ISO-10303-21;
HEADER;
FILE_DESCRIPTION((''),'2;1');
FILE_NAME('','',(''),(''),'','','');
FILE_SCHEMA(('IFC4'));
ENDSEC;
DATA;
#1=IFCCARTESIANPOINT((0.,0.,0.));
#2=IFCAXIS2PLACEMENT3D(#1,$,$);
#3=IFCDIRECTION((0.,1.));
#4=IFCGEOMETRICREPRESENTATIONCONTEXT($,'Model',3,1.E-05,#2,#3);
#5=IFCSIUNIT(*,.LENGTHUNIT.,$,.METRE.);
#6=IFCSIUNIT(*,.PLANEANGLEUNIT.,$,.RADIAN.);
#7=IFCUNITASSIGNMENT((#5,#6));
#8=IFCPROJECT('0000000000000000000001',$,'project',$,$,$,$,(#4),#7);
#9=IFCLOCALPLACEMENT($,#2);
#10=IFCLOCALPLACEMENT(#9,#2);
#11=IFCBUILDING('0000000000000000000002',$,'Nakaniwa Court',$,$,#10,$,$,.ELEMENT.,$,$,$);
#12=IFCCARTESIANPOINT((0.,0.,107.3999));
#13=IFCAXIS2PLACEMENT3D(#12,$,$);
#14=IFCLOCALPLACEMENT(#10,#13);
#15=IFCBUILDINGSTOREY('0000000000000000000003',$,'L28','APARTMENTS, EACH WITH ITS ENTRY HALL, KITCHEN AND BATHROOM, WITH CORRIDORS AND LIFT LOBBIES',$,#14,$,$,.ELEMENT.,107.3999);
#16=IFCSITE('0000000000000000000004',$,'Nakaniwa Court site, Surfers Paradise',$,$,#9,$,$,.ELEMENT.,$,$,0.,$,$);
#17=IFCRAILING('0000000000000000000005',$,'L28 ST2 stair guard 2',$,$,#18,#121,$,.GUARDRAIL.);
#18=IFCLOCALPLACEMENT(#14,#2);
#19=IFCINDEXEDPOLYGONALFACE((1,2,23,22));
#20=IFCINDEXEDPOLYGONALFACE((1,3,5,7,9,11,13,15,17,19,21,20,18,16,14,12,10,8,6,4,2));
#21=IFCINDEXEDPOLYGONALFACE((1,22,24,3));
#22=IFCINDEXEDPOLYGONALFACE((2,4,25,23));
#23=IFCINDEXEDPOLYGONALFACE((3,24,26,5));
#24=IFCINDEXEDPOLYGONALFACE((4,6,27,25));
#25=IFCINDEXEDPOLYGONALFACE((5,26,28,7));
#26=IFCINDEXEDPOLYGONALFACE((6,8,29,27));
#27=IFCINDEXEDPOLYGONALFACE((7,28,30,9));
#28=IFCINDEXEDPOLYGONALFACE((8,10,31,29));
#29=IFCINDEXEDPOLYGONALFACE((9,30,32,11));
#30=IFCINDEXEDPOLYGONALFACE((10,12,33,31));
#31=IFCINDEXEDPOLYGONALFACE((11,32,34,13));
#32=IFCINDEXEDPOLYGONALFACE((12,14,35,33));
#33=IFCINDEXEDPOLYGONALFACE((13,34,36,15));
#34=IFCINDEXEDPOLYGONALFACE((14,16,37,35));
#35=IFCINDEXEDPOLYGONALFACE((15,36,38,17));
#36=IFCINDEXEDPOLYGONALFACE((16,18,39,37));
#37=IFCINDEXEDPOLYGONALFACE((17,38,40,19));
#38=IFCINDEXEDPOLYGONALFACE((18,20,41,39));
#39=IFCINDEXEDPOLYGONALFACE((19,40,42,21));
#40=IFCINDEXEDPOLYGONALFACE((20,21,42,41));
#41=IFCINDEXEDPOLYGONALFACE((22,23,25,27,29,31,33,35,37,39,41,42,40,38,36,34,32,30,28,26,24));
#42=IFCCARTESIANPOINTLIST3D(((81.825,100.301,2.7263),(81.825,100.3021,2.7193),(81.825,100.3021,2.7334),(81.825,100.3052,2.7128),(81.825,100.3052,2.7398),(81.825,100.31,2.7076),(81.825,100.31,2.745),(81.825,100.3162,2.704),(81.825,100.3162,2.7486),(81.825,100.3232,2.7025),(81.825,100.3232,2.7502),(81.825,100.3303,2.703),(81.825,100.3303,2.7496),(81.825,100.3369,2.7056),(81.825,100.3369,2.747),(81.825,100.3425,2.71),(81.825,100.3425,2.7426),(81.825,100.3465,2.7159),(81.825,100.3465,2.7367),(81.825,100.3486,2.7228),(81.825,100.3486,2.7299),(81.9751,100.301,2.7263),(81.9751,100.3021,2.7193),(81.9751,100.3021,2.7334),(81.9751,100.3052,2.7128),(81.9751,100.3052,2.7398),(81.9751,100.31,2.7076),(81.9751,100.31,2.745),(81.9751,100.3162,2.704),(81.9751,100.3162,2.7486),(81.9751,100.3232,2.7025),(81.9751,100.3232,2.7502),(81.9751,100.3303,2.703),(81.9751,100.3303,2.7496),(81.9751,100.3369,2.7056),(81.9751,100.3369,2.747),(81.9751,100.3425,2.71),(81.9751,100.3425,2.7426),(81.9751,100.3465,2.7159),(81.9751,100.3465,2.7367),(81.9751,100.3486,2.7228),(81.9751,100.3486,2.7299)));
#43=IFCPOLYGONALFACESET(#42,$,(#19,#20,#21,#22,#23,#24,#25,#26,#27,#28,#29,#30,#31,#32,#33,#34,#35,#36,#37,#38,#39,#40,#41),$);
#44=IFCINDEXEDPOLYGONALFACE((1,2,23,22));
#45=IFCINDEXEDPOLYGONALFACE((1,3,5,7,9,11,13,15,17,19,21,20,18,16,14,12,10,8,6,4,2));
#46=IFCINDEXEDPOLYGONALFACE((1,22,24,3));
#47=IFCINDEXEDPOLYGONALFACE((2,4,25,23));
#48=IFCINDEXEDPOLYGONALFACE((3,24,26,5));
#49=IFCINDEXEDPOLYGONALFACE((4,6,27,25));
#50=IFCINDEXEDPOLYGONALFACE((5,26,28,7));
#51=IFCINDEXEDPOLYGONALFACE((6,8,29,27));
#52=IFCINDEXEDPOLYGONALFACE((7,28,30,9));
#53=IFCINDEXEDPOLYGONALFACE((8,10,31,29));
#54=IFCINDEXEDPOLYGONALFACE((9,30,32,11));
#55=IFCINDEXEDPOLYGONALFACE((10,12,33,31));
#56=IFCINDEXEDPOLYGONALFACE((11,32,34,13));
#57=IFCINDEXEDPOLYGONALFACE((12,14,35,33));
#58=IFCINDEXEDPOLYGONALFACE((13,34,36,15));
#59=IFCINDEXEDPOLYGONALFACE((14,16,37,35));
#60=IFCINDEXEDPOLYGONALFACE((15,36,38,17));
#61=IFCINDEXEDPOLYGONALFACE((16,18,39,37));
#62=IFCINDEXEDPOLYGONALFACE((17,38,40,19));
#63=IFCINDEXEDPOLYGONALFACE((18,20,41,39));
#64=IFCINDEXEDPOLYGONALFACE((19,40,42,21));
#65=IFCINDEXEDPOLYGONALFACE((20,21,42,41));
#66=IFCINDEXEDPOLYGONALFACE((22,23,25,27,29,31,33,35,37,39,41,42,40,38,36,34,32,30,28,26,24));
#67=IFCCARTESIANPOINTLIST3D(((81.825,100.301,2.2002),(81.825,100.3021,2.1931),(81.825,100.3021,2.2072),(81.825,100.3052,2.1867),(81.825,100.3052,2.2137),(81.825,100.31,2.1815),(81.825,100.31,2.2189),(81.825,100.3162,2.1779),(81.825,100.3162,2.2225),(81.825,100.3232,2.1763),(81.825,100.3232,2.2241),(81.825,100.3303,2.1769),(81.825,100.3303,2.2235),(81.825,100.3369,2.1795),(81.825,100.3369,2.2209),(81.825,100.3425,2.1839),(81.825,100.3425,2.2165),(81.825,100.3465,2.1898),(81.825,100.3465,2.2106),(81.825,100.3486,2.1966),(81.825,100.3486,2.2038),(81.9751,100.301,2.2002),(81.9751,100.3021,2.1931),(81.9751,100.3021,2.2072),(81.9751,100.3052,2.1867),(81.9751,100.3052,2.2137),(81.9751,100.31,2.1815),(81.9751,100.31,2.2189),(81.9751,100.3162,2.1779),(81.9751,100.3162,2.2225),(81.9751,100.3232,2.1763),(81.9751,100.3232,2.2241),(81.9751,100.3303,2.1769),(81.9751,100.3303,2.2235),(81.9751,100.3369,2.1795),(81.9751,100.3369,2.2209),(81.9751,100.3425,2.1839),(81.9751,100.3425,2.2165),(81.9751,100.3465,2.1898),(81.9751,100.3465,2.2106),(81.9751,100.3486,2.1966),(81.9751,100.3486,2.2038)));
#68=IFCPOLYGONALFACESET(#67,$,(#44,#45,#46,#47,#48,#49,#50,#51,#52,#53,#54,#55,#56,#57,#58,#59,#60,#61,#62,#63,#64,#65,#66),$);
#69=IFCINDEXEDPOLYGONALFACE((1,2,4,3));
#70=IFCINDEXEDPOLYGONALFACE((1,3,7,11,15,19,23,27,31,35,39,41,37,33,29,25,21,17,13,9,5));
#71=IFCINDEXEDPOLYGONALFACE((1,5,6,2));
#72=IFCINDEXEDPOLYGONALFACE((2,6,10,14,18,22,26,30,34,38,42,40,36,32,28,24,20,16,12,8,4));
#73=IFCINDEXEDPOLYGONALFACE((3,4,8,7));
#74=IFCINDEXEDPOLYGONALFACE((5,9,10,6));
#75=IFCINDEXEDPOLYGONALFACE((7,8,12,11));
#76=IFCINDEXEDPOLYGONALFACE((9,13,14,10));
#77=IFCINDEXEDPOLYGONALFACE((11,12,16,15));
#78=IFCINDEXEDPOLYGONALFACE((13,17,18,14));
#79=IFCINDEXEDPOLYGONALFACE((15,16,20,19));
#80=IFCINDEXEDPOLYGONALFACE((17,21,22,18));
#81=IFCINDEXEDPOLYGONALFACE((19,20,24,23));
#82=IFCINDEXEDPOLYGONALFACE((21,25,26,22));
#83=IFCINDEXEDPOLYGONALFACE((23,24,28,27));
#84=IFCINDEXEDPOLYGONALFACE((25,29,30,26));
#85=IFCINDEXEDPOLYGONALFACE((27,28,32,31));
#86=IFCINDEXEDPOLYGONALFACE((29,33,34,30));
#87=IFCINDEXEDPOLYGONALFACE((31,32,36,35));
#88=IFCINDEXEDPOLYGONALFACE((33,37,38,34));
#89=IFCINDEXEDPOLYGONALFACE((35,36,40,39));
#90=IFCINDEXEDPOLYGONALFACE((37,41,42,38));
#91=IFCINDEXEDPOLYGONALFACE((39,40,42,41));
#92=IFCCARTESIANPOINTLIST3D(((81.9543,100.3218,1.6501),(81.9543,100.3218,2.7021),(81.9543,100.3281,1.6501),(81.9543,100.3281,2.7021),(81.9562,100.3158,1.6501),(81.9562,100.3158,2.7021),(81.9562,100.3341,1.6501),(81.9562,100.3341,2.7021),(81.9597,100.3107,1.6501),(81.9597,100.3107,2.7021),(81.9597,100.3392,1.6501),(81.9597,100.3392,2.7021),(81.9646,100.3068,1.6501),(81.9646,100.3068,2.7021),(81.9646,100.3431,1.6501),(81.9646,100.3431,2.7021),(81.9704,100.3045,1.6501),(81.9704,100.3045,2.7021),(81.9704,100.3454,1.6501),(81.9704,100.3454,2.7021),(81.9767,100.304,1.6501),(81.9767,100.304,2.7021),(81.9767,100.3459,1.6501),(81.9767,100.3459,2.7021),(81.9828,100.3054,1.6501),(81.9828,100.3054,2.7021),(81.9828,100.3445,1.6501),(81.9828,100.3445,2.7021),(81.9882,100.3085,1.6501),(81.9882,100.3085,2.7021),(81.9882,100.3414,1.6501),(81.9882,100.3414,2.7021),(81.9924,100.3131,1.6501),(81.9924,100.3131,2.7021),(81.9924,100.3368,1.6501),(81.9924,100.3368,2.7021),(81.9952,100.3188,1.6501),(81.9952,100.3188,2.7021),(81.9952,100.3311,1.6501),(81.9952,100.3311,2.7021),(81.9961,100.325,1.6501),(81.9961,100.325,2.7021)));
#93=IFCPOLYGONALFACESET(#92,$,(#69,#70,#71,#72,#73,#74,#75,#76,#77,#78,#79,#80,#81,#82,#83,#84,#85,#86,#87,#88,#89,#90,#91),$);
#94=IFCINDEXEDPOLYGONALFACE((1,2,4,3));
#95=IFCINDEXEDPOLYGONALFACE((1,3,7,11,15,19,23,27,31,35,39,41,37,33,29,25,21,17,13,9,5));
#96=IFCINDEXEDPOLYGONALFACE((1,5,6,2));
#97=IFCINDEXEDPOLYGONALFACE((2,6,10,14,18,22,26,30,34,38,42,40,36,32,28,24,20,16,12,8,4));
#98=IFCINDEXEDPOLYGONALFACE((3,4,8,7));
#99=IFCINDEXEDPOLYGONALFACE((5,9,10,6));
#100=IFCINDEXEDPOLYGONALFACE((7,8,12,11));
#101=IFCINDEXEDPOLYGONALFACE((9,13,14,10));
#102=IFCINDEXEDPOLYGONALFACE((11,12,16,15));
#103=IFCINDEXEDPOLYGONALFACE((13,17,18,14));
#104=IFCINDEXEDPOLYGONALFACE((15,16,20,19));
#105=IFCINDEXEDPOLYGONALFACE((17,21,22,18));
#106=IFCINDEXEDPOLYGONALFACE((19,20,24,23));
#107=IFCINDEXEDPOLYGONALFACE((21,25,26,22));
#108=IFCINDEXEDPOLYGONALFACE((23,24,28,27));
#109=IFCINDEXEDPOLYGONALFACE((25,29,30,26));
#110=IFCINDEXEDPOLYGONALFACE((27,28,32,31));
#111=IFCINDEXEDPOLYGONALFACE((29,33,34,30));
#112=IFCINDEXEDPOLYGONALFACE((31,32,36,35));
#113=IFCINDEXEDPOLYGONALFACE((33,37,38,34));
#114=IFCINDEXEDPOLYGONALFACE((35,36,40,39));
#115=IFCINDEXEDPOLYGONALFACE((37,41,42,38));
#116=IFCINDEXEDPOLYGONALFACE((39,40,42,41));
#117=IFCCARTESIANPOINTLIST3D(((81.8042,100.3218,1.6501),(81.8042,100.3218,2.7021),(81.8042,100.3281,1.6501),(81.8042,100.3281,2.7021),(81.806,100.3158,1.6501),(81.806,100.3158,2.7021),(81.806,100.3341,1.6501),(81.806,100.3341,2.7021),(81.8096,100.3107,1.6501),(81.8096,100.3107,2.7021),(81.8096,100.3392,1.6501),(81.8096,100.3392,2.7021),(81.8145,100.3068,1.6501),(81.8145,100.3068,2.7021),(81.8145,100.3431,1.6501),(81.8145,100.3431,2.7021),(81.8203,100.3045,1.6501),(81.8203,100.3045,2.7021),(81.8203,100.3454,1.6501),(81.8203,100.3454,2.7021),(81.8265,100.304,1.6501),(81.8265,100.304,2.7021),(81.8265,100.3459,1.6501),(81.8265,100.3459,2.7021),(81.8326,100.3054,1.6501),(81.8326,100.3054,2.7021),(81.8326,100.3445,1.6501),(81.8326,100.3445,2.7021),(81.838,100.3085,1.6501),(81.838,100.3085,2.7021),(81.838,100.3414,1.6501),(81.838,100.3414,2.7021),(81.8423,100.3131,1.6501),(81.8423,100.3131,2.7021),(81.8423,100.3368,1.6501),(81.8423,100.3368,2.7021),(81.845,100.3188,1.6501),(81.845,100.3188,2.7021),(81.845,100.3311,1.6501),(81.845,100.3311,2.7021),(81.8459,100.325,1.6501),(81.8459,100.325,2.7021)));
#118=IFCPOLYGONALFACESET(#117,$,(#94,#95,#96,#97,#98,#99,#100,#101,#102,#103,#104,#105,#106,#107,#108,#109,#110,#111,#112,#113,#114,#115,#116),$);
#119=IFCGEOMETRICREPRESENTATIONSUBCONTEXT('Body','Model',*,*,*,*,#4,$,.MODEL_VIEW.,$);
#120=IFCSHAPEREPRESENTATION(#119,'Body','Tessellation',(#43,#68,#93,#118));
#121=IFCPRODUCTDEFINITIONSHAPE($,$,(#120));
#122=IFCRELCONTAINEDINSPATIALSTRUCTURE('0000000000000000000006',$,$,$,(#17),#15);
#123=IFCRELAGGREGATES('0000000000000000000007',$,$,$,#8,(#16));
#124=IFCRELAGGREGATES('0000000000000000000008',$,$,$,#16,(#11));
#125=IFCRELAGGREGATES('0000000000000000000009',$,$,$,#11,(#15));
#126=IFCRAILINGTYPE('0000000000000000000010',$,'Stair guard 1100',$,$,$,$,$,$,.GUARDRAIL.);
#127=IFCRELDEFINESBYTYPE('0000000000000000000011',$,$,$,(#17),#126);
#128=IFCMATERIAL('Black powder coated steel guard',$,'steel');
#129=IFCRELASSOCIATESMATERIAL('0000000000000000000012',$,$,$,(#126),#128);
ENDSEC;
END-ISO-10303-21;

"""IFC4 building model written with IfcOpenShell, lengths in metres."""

from ifc_helpers import new_model, si_unit, direction, frame, origin, origin_2d, place, context, subcontext, project, spatial, circle, extrude, material, type_object, element, save


model = new_model("IFC4")

# Units and contexts
model_context = context("Model", 3, precision=1e-05, world=origin(), true_north=direction((0.0, 1.0)))
body_context = subcontext(model_context, "Body", "Model", "MODEL_VIEW")
ifc_project = project(units=[si_unit("LENGTHUNIT", "METRE"), si_unit("PLANEANGLEUNIT", "RADIAN")], contexts=[model_context])

# Site, building, storey
site_placement = place(None, origin())
site = spatial("IfcSite", under=ifc_project, at=site_placement, Name="Nakaniwa Court site, Surfers Paradise", CompositionType="ELEMENT", RefElevation=0.0)
building_placement = place(site_placement, origin())
building = spatial("IfcBuilding", under=site, at=building_placement, Name="Nakaniwa Court", CompositionType="ELEMENT")
storey_placement = place(building_placement, frame((0.0, 0.0, 107.3999)))
storey = spatial("IfcBuildingStorey", under=building, at=storey_placement, Name="L28", Description="APARTMENTS, EACH WITH ITS ENTRY HALL, KITCHEN AND BATHROOM, WITH CORRIDORS AND LIFT LOBBIES", CompositionType="ELEMENT", Elevation=107.3999)

# Railing
ifc_material_1 = material(Name="Black powder coated steel guard", Category="steel")
railing_type_1 = type_object("IfcRailingType", Name="Stair guard 1100", PredefinedType="GUARDRAIL", material=ifc_material_1)
railing_1_placement = place(storey_placement, frame((81.9751, 100.325, 1.6501)))
element("IfcRailing", 1, at=railing_1_placement, inside=storey, type_object=railing_type_1, Name="L28 ST2 stair guard 2", PredefinedType="GUARDRAIL", context=body_context, shape_type="SweptSolid", body=[
    extrude(circle(Radius=0.0239, at=origin_2d()), frame((0.0, 0.0, 1.0762), z_axis=(-1.0, 0.0, 0.0), x_axis=(0.0, -1.0, 0.0)), (0.0, 0.0, 1.0), 0.1501),
    extrude(circle(Radius=0.0239, at=origin_2d()), frame((0.0, 0.0, 0.55), z_axis=(-1.0, 0.0, 0.0), x_axis=(0.0, -1.0, 0.0)), (0.0, 0.0, 1.0), 0.1501),
    extrude(circle(Radius=0.021, at=origin_2d()), origin(), (0.0, 0.0, 1.0), 1.052),
    extrude(circle(Radius=0.021, at=origin_2d()), frame((-0.1501, 0.0, 0.0)), (0.0, 0.0, 1.0), 1.052),
])

save(model, "model.ifc")
